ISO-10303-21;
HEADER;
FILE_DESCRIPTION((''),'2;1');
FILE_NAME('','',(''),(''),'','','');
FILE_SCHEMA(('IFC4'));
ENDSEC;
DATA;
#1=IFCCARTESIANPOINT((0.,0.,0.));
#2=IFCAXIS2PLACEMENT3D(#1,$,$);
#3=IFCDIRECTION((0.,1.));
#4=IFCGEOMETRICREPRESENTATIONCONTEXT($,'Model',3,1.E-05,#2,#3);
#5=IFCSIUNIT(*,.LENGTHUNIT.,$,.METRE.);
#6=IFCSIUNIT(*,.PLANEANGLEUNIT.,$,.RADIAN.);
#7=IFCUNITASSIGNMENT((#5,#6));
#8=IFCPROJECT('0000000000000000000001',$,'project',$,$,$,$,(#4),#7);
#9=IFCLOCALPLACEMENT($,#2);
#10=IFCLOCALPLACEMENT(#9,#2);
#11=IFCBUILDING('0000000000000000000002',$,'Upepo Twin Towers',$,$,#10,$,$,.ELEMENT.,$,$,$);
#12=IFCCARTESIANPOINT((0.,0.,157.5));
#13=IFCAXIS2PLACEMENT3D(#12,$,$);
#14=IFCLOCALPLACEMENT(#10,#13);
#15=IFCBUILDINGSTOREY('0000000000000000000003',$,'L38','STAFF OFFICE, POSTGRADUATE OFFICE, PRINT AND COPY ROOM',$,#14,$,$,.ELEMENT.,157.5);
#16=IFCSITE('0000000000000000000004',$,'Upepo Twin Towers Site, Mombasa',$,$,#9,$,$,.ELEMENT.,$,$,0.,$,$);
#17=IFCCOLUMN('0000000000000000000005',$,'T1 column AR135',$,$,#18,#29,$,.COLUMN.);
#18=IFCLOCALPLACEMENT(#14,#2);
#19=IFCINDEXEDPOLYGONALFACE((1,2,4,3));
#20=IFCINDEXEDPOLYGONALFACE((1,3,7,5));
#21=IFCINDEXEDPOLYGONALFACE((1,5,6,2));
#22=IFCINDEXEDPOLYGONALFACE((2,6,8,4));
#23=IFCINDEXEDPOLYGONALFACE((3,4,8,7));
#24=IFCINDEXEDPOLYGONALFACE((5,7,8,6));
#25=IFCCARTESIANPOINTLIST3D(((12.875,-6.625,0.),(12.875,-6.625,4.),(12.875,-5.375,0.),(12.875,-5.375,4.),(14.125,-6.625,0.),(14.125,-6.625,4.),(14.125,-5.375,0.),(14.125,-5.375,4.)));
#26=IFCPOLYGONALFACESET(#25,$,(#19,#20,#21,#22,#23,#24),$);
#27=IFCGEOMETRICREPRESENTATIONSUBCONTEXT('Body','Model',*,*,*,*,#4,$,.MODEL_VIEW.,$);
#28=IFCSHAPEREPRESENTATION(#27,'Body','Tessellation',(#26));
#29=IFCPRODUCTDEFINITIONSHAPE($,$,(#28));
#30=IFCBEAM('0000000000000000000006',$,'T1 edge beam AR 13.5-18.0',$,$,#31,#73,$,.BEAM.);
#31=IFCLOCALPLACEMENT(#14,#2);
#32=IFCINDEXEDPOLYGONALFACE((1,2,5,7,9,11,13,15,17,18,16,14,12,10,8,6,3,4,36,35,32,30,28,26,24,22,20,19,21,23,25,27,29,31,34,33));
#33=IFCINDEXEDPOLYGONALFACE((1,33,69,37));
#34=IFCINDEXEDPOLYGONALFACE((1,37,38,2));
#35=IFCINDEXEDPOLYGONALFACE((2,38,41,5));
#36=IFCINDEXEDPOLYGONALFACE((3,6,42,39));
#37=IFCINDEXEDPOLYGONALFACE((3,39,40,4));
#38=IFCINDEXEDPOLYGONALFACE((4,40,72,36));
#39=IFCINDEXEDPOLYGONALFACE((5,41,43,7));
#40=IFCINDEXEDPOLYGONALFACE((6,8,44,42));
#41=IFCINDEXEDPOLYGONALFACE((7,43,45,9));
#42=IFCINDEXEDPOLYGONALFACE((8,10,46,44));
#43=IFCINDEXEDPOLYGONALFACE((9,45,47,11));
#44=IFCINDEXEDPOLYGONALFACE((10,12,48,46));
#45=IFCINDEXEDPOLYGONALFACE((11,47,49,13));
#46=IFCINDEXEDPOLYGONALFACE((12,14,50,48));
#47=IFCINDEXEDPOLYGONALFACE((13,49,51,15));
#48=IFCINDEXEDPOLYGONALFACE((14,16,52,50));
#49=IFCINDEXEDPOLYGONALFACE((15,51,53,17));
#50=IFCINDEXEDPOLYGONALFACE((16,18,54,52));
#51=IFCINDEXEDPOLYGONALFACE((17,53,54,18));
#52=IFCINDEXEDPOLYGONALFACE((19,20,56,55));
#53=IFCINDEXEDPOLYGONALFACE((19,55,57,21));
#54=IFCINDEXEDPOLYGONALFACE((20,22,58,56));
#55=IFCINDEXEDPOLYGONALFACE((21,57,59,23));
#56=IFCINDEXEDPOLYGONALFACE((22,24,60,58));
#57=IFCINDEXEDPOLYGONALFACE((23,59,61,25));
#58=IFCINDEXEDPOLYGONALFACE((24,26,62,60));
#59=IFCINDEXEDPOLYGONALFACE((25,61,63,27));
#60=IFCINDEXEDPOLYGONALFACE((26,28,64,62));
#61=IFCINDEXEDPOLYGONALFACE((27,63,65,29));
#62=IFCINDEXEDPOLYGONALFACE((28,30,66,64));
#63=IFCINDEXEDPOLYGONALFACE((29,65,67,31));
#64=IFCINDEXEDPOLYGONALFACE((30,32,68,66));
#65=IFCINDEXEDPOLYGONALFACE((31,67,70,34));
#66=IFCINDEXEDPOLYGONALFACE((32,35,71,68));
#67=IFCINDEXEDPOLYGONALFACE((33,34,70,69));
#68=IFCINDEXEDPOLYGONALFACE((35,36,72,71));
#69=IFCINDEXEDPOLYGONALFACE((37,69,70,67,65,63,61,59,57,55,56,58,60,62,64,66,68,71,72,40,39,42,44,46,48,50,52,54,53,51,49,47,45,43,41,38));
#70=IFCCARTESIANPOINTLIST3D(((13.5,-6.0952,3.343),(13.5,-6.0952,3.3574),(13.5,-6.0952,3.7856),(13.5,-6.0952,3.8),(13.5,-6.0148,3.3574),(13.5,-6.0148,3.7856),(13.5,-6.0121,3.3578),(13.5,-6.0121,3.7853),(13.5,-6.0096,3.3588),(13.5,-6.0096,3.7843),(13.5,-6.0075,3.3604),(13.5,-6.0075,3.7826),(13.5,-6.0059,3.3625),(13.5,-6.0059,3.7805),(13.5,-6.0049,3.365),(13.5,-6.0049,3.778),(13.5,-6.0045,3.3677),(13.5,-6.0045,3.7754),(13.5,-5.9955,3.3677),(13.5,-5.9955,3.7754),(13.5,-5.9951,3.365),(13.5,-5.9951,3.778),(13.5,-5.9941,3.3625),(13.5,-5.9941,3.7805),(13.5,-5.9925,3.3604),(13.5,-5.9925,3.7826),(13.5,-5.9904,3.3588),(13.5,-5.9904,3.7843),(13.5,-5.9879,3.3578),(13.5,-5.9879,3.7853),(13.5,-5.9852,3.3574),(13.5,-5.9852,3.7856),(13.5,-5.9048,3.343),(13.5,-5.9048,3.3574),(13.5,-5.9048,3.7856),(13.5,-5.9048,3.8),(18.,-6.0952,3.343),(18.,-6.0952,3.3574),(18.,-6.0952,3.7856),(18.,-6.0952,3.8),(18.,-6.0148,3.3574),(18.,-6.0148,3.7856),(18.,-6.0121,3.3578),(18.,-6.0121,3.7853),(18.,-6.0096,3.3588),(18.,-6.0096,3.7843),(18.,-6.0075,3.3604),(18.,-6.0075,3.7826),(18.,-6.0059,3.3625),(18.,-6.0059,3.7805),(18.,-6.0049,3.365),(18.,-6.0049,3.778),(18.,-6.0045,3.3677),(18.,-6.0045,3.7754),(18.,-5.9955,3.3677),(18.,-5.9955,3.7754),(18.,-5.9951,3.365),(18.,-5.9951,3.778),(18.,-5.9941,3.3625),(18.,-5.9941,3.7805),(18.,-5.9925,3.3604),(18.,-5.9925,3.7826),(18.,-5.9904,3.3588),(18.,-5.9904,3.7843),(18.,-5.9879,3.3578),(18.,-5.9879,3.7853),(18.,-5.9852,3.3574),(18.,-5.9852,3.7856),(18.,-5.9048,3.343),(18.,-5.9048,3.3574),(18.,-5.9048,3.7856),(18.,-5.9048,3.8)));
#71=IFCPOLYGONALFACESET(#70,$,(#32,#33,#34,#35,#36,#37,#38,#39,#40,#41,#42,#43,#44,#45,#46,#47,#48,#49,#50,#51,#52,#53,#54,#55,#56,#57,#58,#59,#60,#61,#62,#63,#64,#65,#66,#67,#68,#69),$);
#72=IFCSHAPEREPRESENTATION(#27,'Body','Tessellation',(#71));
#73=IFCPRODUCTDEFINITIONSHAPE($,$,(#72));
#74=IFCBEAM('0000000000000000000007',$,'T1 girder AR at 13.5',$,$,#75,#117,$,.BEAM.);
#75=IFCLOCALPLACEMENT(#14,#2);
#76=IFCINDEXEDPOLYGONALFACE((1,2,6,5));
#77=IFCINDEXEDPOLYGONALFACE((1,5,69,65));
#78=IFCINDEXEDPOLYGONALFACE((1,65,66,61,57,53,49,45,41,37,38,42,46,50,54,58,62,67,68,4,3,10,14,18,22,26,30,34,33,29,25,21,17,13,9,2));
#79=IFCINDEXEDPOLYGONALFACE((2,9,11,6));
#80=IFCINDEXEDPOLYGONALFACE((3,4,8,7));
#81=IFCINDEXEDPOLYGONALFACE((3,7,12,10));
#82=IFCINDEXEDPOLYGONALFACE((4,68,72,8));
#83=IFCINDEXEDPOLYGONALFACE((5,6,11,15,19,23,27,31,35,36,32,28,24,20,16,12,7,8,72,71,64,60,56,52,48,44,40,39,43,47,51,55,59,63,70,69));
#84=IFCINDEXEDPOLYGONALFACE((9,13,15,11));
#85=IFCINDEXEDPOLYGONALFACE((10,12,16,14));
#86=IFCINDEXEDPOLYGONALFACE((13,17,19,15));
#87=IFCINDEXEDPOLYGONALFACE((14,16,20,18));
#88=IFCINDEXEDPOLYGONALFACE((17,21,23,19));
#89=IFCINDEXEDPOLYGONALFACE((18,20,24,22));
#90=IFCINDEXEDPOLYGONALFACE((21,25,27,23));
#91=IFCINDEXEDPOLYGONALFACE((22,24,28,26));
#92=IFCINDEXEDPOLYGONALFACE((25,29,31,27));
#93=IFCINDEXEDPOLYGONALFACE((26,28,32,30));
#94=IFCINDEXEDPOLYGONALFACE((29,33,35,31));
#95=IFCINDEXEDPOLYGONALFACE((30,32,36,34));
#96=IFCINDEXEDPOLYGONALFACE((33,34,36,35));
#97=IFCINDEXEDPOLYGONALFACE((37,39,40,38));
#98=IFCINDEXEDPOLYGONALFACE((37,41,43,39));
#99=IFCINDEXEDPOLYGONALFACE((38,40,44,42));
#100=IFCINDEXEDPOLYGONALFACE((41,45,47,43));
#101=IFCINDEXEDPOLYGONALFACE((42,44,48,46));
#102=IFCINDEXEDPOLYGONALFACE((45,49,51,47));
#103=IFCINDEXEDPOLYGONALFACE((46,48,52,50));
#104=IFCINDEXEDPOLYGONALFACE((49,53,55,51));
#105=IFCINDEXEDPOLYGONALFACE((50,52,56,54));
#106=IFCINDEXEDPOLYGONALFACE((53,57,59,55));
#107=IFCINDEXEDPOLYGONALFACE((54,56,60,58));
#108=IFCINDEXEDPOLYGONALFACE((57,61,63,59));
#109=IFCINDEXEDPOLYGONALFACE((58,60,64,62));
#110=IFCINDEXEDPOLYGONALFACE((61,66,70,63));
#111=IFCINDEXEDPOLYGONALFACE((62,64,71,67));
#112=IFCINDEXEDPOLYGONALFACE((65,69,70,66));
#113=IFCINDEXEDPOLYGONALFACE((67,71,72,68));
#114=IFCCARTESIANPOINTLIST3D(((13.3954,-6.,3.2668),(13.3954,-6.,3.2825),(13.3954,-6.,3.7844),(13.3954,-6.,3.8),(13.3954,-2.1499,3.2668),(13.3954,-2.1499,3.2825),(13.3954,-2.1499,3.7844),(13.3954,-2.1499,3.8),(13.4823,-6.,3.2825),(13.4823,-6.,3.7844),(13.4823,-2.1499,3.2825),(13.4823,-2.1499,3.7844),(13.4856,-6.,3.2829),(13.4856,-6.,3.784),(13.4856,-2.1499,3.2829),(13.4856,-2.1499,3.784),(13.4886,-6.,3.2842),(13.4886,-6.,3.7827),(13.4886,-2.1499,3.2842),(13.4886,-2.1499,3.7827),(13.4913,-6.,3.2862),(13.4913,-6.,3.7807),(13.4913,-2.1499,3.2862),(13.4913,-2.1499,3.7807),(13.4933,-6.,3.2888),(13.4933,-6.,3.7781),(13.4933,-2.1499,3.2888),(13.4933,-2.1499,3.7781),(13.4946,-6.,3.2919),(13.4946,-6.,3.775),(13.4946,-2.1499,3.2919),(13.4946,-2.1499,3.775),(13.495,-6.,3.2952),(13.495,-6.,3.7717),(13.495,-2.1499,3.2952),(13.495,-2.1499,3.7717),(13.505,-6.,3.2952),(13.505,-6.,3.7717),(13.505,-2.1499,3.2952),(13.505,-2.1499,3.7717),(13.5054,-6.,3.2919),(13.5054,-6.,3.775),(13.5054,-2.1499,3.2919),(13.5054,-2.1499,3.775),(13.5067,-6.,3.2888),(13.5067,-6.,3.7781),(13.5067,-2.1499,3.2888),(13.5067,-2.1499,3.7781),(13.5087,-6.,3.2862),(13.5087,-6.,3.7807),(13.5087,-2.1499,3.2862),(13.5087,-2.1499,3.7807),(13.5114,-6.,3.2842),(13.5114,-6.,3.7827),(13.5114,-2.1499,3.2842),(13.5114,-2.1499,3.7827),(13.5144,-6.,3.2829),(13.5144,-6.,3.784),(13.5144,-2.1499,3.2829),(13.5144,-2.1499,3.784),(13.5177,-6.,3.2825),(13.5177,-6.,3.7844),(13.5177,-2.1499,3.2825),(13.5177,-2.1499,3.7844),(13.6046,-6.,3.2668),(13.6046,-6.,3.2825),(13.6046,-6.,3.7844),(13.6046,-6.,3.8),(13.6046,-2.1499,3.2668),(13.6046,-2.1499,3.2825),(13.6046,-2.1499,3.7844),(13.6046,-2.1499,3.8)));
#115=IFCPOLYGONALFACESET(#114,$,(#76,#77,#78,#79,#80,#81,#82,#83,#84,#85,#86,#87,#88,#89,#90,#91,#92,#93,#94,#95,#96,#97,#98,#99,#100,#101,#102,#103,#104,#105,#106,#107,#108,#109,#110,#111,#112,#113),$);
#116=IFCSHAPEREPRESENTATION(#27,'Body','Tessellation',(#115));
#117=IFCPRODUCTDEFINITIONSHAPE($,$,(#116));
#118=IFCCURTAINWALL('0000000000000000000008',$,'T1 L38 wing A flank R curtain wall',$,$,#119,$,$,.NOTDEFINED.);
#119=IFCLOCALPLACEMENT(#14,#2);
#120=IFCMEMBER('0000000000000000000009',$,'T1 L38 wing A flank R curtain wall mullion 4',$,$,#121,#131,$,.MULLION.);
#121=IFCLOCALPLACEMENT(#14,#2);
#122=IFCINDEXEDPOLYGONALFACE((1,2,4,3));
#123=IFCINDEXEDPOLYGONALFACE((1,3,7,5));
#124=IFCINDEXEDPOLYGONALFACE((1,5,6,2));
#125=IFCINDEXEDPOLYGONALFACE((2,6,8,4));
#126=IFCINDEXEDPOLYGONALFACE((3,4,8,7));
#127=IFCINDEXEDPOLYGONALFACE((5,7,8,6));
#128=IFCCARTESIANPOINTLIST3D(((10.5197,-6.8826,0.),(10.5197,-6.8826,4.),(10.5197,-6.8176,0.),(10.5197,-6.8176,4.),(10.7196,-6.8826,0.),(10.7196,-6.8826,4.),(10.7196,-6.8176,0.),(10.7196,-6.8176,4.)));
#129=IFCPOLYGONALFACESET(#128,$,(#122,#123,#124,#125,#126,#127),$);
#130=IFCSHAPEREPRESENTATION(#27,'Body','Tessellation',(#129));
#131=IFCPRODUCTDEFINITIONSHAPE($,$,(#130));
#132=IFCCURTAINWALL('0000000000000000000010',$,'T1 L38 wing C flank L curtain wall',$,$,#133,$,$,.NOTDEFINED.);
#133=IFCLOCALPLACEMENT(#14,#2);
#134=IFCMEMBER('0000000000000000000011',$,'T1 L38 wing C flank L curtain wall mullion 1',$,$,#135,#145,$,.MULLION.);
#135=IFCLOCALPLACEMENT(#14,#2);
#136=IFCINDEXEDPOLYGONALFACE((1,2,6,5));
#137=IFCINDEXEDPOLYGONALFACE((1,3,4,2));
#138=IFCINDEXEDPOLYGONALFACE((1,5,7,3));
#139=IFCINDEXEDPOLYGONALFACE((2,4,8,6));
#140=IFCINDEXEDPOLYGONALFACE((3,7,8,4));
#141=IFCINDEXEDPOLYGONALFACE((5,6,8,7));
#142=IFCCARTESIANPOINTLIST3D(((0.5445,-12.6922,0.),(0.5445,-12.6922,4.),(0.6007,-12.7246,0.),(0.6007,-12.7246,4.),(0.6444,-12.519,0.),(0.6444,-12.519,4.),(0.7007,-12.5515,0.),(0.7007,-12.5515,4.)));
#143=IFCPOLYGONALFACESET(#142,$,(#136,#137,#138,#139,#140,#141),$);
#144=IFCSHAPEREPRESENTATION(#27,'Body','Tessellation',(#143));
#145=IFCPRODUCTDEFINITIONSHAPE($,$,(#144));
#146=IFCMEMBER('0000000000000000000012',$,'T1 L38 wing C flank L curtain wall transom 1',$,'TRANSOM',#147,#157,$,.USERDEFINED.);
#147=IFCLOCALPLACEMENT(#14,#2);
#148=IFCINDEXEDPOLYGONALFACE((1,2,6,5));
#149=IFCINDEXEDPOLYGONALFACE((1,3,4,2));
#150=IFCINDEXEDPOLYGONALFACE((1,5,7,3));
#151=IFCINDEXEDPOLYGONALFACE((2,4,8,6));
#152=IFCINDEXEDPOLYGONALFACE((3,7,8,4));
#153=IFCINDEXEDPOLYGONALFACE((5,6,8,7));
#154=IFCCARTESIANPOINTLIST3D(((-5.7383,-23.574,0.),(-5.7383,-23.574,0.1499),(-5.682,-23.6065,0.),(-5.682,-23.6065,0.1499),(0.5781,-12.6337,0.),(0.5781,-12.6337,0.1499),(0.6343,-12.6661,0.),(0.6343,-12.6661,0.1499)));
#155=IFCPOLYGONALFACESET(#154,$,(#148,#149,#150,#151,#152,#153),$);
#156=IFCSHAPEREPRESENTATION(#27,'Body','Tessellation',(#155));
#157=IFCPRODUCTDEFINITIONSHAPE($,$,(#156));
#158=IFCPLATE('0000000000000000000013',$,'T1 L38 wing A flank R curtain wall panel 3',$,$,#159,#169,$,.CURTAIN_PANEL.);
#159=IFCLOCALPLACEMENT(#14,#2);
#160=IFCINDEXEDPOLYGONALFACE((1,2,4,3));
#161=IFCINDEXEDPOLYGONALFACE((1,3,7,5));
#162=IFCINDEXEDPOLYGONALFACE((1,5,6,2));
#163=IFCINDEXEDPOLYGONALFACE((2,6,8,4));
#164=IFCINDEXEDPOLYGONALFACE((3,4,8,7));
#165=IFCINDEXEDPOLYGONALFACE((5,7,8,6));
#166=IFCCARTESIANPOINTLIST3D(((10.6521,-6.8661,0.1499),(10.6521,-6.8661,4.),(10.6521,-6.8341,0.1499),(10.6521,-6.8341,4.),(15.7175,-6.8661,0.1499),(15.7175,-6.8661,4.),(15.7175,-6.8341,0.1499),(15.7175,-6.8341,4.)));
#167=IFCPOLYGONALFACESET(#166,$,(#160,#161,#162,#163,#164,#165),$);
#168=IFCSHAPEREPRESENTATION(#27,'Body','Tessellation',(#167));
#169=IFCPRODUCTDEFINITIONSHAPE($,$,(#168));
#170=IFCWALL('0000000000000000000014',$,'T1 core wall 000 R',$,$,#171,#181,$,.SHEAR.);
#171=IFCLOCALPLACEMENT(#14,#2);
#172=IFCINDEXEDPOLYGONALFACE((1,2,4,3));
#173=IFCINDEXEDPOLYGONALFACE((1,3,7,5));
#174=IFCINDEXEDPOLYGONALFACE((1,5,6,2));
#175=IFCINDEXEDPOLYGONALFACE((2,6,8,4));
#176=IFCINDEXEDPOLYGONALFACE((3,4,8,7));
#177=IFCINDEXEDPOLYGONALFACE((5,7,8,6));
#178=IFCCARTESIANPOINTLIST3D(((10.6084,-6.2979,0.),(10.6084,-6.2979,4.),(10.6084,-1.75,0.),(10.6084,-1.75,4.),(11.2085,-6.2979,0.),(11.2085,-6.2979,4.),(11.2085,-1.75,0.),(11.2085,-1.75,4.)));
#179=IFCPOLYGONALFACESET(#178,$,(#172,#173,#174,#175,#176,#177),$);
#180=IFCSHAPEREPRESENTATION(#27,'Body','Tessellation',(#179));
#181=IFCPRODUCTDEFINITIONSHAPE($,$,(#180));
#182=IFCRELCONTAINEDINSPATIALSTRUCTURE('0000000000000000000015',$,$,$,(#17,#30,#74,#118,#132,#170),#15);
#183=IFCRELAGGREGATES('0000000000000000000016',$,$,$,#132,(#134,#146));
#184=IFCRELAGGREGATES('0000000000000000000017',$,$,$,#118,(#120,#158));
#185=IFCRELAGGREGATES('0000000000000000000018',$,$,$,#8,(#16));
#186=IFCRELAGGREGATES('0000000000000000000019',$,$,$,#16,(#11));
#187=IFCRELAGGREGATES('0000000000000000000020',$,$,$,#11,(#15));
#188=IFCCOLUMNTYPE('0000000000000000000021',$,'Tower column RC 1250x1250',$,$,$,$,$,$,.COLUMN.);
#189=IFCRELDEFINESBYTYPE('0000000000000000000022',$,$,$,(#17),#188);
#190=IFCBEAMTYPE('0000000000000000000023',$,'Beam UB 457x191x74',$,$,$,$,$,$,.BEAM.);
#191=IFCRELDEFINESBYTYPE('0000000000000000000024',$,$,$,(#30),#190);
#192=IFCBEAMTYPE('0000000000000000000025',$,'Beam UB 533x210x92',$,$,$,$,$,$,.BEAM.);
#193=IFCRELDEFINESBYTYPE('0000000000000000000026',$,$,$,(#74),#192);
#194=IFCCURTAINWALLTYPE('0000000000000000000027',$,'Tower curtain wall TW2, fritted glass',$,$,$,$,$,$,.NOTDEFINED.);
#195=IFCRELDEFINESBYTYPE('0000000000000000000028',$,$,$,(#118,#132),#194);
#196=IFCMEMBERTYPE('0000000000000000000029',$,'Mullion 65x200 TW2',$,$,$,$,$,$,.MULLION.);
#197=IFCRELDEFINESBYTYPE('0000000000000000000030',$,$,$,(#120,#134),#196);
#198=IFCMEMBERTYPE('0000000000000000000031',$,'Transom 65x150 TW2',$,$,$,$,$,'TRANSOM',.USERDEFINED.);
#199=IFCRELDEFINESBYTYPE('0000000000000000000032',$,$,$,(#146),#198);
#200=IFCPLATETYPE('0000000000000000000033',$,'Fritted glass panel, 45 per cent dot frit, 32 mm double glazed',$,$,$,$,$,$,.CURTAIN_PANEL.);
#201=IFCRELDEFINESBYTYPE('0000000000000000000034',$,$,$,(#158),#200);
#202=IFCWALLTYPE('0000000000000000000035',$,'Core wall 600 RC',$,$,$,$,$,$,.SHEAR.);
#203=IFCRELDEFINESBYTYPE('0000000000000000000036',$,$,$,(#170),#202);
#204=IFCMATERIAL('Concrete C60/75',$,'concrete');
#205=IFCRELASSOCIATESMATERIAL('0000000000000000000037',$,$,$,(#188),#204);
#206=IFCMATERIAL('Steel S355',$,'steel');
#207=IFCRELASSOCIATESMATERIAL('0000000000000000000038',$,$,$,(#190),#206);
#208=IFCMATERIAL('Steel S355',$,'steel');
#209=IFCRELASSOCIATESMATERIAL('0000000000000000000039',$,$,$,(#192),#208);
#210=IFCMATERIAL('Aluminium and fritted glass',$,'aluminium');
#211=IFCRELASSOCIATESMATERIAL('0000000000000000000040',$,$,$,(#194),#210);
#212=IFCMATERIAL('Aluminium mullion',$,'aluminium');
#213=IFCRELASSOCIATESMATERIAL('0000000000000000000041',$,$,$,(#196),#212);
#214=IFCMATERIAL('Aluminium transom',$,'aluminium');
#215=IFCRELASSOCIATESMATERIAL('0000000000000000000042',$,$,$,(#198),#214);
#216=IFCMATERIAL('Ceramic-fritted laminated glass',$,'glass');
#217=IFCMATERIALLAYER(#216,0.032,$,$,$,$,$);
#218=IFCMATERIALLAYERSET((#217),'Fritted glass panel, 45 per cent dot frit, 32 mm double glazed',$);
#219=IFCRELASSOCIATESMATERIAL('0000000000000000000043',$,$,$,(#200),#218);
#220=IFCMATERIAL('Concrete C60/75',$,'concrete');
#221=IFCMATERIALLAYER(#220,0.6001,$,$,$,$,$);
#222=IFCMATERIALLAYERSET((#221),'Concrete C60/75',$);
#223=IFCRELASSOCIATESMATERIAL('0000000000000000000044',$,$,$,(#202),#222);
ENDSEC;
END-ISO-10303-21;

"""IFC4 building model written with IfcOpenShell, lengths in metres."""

from ifc_helpers import new_model, si_unit, direction, frame, frame_2d, origin, origin_2d, place, context, subcontext, project, spatial, rectangle, i_section, extrude, material, layer, layer_set, material_profile, profile_set, type_object, element, aggregate, save


model = new_model("IFC4")

# Units and contexts
model_context = context("Model", 3, precision=1e-05, world=origin(), true_north=direction((0.0, 1.0)))
body_context = subcontext(model_context, "Body", "Model", "MODEL_VIEW")
ifc_project = project(units=[si_unit("LENGTHUNIT", "METRE"), si_unit("PLANEANGLEUNIT", "RADIAN")], contexts=[model_context])

# Site, building, storey
site_placement = place(None, origin())
site = spatial("IfcSite", under=ifc_project, at=site_placement, Name="Upepo Twin Towers Site, Mombasa", CompositionType="ELEMENT", RefElevation=0.0)
building_placement = place(site_placement, origin())
building = spatial("IfcBuilding", under=site, at=building_placement, Name="Upepo Twin Towers", CompositionType="ELEMENT")
storey_placement = place(building_placement, frame((0.0, 0.0, 157.5)))
storey = spatial("IfcBuildingStorey", under=building, at=storey_placement, Name="L38", Description="STAFF OFFICE, POSTGRADUATE OFFICE, PRINT AND COPY ROOM", CompositionType="ELEMENT", Elevation=157.5)

# Column
ifc_material_1 = material(Name="Concrete C60/75", Category="concrete")
ifc_material_profile_1 = material_profile(ifc_material_1, rectangle(XDim=1.25, YDim=1.25, at=origin_2d()), Name="RC 1250x1250")
ifc_profile_set_1 = profile_set([ifc_material_profile_1], Name="Concrete C60/75")
column_type = type_object("IfcColumnType", Name="Tower column RC 1250x1250", PredefinedType="COLUMN", material=ifc_profile_set_1)
column_placement = place(storey_placement, frame((13.5, -6.0, 0.0), z_axis=(0.0, 0.0, 1.0), x_axis=(1.0, 0.0, 0.0)))
element("IfcColumn", 1, at=column_placement, inside=storey, type_object=column_type, Name="T1 column AR135", PredefinedType="COLUMN", context=body_context, shape_type="SweptSolid", body=[
    extrude(rectangle(XDim=1.25, YDim=1.25, at=origin_2d()), origin(), (0.0, 0.0, 1.0), 4.0),
])

# Beams
ifc_material_2 = material(Name="Steel S355", Category="steel")
ifc_material_profile_2 = material_profile(ifc_material_2, i_section(OverallWidth=0.1904, OverallDepth=0.457, WebThickness=0.009, FlangeThickness=0.0144, FilletRadius=0.0103, at=origin_2d()), Name="UB 457x191x74")
ifc_profile_set_2 = profile_set([ifc_material_profile_2], Name="Steel S355")
beam_type_1 = type_object("IfcBeamType", Name="Beam UB 457x191x74", PredefinedType="BEAM", material=ifc_profile_set_2)
beam_1_placement = place(storey_placement, frame((13.5, -6.0, 3.5715), z_axis=(1.0, 0.0, 0.0), x_axis=(0.0, 1.0, 0.0)))
element("IfcBeam", 2, at=beam_1_placement, inside=storey, type_object=beam_type_1, Name="T1 edge beam AR 13.5-18.0", PredefinedType="BEAM", context=body_context, shape_type="SweptSolid", body=[
    extrude(i_section(OverallWidth=0.1904, OverallDepth=0.457, WebThickness=0.009, FlangeThickness=0.0144, FilletRadius=0.0103, at=origin_2d()), origin(), (0.0, 0.0, 1.0), 4.5),
])
ifc_material_3 = material(Name="Steel S355", Category="steel")
ifc_material_profile_3 = material_profile(ifc_material_3, i_section(OverallWidth=0.2092, OverallDepth=0.5332, WebThickness=0.01, FlangeThickness=0.0156, FilletRadius=0.0127, at=origin_2d()), Name="UB 533x210x92")
ifc_profile_set_3 = profile_set([ifc_material_profile_3], Name="Steel S355")
beam_type_2 = type_object("IfcBeamType", Name="Beam UB 533x210x92", PredefinedType="BEAM", material=ifc_profile_set_3)
beam_2_placement = place(storey_placement, frame((13.5, -6.0, 3.5334), z_axis=(0.0, 1.0, 0.0), x_axis=(-1.0, 0.0, 0.0)))
element("IfcBeam", 3, at=beam_2_placement, inside=storey, type_object=beam_type_2, Name="T1 girder AR at 13.5", PredefinedType="BEAM", context=body_context, shape_type="SweptSolid", body=[
    extrude(i_section(OverallWidth=0.2092, OverallDepth=0.5332, WebThickness=0.01, FlangeThickness=0.0156, FilletRadius=0.0127, at=origin_2d()), origin(), (0.0, 0.0, 1.0), 3.8501),
])

# Curtain wall, member
ifc_material_4 = material(Name="Aluminium and fritted glass", Category="aluminium")
curtain_wall_type = type_object("IfcCurtainWallType", Name="Tower curtain wall TW2, fritted glass", PredefinedType="NOTDEFINED", material=ifc_material_4)
curtain_wall_1_placement = place(storey_placement, origin())
curtain_wall_1 = element("IfcCurtainWall", 4, at=curtain_wall_1_placement, inside=storey, type_object=curtain_wall_type, Name="T1 L38 wing A flank R curtain wall", PredefinedType="NOTDEFINED")
ifc_material_5 = material(Name="Aluminium mullion", Category="aluminium")
ifc_material_profile_4 = material_profile(ifc_material_5, rectangle(XDim=0.0649, YDim=0.2, at=origin_2d()), Name="MULLION 65x200")
ifc_profile_set_4 = profile_set([ifc_material_profile_4], Name="Aluminium mullion")
member_type_1 = type_object("IfcMemberType", Name="Mullion 65x200 TW2", PredefinedType="MULLION", material=ifc_profile_set_4)
member_1_placement = place(storey_placement, frame((10.6196, -6.8501, 0.0), z_axis=(0.0, 0.0, 1.0), x_axis=(0.0, -1.0, 0.0)))
member_1 = element("IfcMember", 5, at=member_1_placement, type_object=member_type_1, Name="T1 L38 wing A flank R curtain wall mullion 4", PredefinedType="MULLION", context=body_context, shape_type="SweptSolid", body=[
    extrude(rectangle(XDim=0.0649, YDim=0.2, at=origin_2d()), origin(), (0.0, 0.0, 1.0), 4.0),
])

# Curtain wall, members
curtain_wall_2_placement = place(storey_placement, origin())
curtain_wall_2 = element("IfcCurtainWall", 6, at=curtain_wall_2_placement, inside=storey, type_object=curtain_wall_type, Name="T1 L38 wing C flank L curtain wall", PredefinedType="NOTDEFINED")
member_2_placement = place(storey_placement, frame((0.6226, -12.6218, 0.0), z_axis=(0.0, 0.0, 1.0), x_axis=(0.866025, -0.5, 0.0)))
member_2 = element("IfcMember", 7, at=member_2_placement, type_object=member_type_1, Name="T1 L38 wing C flank L curtain wall mullion 1", PredefinedType="MULLION", context=body_context, shape_type="SweptSolid", body=[
    extrude(rectangle(XDim=0.0649, YDim=0.2, at=origin_2d()), origin(), (0.0, 0.0, 1.0), 4.0),
])
ifc_material_6 = material(Name="Aluminium transom", Category="aluminium")
ifc_material_profile_5 = material_profile(ifc_material_6, rectangle(XDim=0.0649, YDim=0.1499, at=origin_2d()), Name="TRANSOM 65x150")
ifc_profile_set_5 = profile_set([ifc_material_profile_5], Name="Aluminium transom")
member_type_2 = type_object("IfcMemberType", Name="Transom 65x150 TW2", ElementType="TRANSOM", PredefinedType="USERDEFINED", material=ifc_profile_set_5)
member_3_placement = place(storey_placement, frame((0.6062, -12.6499, 0.075), z_axis=(-0.499997, -0.866027, 0.0), x_axis=(0.866027, -0.499997, 0.0)))
member_3 = element("IfcMember", 8, at=member_3_placement, type_object=member_type_2, Name="T1 L38 wing C flank L curtain wall transom 1", ObjectType="TRANSOM", PredefinedType="USERDEFINED", context=body_context, shape_type="SweptSolid", body=[
    extrude(rectangle(XDim=0.0649, YDim=0.1499, at=origin_2d()), origin(), (0.0, 0.0, 1.0), 12.6328),
])
aggregate(curtain_wall_2, [member_2, member_3])

# Plate
ifc_material_7 = material(Name="Ceramic-fritted laminated glass", Category="glass")
ifc_layer_1 = layer(ifc_material_7, 0.032)
ifc_layer_set_1 = layer_set([ifc_layer_1], Name="Fritted glass panel, 45 per cent dot frit, 32 mm double glazed")
plate_type = type_object("IfcPlateType", Name="Fritted glass panel, 45 per cent dot frit, 32 mm double glazed", PredefinedType="CURTAIN_PANEL", material=ifc_layer_set_1)
plate_placement = place(storey_placement, frame((13.1848, -6.8501, 0.1499), z_axis=(0.0, 0.0, 1.0), x_axis=(-1.0, 0.0, 0.0)))
plate = element("IfcPlate", 9, at=plate_placement, type_object=plate_type, Name="T1 L38 wing A flank R curtain wall panel 3", PredefinedType="CURTAIN_PANEL", context=body_context, shape_type="SweptSolid", body=[
    extrude(rectangle(XDim=5.0654, YDim=0.032, at=origin_2d()), origin(), (0.0, 0.0, 1.0), 3.8501),
])
aggregate(curtain_wall_1, [member_1, plate])

# Wall
ifc_material_8 = material(Name="Concrete C60/75", Category="concrete")
ifc_layer_2 = layer(ifc_material_8, 0.6001)
ifc_layer_set_2 = layer_set([ifc_layer_2], Name="Concrete C60/75")
wall_type_1 = type_object("IfcWallType", Name="Core wall 600 RC", PredefinedType="SHEAR", material=ifc_layer_set_2)
wall_1_placement = place(storey_placement, frame((10.9084, -6.2979, 0.0), z_axis=(0.0, 0.0, 1.0), x_axis=(0.0, 1.0, 0.0)))
element("IfcWall", 10, at=wall_1_placement, inside=storey, type_object=wall_type_1, Name="T1 core wall 000 R", PredefinedType="SHEAR", context=body_context, shape_type="SweptSolid", body=[
    extrude(rectangle(XDim=4.5479, YDim=0.6001, at=frame_2d((2.2739, 0.0))), origin(), (0.0, 0.0, 1.0), 4.0),
])

save(model, "model.ifc")
